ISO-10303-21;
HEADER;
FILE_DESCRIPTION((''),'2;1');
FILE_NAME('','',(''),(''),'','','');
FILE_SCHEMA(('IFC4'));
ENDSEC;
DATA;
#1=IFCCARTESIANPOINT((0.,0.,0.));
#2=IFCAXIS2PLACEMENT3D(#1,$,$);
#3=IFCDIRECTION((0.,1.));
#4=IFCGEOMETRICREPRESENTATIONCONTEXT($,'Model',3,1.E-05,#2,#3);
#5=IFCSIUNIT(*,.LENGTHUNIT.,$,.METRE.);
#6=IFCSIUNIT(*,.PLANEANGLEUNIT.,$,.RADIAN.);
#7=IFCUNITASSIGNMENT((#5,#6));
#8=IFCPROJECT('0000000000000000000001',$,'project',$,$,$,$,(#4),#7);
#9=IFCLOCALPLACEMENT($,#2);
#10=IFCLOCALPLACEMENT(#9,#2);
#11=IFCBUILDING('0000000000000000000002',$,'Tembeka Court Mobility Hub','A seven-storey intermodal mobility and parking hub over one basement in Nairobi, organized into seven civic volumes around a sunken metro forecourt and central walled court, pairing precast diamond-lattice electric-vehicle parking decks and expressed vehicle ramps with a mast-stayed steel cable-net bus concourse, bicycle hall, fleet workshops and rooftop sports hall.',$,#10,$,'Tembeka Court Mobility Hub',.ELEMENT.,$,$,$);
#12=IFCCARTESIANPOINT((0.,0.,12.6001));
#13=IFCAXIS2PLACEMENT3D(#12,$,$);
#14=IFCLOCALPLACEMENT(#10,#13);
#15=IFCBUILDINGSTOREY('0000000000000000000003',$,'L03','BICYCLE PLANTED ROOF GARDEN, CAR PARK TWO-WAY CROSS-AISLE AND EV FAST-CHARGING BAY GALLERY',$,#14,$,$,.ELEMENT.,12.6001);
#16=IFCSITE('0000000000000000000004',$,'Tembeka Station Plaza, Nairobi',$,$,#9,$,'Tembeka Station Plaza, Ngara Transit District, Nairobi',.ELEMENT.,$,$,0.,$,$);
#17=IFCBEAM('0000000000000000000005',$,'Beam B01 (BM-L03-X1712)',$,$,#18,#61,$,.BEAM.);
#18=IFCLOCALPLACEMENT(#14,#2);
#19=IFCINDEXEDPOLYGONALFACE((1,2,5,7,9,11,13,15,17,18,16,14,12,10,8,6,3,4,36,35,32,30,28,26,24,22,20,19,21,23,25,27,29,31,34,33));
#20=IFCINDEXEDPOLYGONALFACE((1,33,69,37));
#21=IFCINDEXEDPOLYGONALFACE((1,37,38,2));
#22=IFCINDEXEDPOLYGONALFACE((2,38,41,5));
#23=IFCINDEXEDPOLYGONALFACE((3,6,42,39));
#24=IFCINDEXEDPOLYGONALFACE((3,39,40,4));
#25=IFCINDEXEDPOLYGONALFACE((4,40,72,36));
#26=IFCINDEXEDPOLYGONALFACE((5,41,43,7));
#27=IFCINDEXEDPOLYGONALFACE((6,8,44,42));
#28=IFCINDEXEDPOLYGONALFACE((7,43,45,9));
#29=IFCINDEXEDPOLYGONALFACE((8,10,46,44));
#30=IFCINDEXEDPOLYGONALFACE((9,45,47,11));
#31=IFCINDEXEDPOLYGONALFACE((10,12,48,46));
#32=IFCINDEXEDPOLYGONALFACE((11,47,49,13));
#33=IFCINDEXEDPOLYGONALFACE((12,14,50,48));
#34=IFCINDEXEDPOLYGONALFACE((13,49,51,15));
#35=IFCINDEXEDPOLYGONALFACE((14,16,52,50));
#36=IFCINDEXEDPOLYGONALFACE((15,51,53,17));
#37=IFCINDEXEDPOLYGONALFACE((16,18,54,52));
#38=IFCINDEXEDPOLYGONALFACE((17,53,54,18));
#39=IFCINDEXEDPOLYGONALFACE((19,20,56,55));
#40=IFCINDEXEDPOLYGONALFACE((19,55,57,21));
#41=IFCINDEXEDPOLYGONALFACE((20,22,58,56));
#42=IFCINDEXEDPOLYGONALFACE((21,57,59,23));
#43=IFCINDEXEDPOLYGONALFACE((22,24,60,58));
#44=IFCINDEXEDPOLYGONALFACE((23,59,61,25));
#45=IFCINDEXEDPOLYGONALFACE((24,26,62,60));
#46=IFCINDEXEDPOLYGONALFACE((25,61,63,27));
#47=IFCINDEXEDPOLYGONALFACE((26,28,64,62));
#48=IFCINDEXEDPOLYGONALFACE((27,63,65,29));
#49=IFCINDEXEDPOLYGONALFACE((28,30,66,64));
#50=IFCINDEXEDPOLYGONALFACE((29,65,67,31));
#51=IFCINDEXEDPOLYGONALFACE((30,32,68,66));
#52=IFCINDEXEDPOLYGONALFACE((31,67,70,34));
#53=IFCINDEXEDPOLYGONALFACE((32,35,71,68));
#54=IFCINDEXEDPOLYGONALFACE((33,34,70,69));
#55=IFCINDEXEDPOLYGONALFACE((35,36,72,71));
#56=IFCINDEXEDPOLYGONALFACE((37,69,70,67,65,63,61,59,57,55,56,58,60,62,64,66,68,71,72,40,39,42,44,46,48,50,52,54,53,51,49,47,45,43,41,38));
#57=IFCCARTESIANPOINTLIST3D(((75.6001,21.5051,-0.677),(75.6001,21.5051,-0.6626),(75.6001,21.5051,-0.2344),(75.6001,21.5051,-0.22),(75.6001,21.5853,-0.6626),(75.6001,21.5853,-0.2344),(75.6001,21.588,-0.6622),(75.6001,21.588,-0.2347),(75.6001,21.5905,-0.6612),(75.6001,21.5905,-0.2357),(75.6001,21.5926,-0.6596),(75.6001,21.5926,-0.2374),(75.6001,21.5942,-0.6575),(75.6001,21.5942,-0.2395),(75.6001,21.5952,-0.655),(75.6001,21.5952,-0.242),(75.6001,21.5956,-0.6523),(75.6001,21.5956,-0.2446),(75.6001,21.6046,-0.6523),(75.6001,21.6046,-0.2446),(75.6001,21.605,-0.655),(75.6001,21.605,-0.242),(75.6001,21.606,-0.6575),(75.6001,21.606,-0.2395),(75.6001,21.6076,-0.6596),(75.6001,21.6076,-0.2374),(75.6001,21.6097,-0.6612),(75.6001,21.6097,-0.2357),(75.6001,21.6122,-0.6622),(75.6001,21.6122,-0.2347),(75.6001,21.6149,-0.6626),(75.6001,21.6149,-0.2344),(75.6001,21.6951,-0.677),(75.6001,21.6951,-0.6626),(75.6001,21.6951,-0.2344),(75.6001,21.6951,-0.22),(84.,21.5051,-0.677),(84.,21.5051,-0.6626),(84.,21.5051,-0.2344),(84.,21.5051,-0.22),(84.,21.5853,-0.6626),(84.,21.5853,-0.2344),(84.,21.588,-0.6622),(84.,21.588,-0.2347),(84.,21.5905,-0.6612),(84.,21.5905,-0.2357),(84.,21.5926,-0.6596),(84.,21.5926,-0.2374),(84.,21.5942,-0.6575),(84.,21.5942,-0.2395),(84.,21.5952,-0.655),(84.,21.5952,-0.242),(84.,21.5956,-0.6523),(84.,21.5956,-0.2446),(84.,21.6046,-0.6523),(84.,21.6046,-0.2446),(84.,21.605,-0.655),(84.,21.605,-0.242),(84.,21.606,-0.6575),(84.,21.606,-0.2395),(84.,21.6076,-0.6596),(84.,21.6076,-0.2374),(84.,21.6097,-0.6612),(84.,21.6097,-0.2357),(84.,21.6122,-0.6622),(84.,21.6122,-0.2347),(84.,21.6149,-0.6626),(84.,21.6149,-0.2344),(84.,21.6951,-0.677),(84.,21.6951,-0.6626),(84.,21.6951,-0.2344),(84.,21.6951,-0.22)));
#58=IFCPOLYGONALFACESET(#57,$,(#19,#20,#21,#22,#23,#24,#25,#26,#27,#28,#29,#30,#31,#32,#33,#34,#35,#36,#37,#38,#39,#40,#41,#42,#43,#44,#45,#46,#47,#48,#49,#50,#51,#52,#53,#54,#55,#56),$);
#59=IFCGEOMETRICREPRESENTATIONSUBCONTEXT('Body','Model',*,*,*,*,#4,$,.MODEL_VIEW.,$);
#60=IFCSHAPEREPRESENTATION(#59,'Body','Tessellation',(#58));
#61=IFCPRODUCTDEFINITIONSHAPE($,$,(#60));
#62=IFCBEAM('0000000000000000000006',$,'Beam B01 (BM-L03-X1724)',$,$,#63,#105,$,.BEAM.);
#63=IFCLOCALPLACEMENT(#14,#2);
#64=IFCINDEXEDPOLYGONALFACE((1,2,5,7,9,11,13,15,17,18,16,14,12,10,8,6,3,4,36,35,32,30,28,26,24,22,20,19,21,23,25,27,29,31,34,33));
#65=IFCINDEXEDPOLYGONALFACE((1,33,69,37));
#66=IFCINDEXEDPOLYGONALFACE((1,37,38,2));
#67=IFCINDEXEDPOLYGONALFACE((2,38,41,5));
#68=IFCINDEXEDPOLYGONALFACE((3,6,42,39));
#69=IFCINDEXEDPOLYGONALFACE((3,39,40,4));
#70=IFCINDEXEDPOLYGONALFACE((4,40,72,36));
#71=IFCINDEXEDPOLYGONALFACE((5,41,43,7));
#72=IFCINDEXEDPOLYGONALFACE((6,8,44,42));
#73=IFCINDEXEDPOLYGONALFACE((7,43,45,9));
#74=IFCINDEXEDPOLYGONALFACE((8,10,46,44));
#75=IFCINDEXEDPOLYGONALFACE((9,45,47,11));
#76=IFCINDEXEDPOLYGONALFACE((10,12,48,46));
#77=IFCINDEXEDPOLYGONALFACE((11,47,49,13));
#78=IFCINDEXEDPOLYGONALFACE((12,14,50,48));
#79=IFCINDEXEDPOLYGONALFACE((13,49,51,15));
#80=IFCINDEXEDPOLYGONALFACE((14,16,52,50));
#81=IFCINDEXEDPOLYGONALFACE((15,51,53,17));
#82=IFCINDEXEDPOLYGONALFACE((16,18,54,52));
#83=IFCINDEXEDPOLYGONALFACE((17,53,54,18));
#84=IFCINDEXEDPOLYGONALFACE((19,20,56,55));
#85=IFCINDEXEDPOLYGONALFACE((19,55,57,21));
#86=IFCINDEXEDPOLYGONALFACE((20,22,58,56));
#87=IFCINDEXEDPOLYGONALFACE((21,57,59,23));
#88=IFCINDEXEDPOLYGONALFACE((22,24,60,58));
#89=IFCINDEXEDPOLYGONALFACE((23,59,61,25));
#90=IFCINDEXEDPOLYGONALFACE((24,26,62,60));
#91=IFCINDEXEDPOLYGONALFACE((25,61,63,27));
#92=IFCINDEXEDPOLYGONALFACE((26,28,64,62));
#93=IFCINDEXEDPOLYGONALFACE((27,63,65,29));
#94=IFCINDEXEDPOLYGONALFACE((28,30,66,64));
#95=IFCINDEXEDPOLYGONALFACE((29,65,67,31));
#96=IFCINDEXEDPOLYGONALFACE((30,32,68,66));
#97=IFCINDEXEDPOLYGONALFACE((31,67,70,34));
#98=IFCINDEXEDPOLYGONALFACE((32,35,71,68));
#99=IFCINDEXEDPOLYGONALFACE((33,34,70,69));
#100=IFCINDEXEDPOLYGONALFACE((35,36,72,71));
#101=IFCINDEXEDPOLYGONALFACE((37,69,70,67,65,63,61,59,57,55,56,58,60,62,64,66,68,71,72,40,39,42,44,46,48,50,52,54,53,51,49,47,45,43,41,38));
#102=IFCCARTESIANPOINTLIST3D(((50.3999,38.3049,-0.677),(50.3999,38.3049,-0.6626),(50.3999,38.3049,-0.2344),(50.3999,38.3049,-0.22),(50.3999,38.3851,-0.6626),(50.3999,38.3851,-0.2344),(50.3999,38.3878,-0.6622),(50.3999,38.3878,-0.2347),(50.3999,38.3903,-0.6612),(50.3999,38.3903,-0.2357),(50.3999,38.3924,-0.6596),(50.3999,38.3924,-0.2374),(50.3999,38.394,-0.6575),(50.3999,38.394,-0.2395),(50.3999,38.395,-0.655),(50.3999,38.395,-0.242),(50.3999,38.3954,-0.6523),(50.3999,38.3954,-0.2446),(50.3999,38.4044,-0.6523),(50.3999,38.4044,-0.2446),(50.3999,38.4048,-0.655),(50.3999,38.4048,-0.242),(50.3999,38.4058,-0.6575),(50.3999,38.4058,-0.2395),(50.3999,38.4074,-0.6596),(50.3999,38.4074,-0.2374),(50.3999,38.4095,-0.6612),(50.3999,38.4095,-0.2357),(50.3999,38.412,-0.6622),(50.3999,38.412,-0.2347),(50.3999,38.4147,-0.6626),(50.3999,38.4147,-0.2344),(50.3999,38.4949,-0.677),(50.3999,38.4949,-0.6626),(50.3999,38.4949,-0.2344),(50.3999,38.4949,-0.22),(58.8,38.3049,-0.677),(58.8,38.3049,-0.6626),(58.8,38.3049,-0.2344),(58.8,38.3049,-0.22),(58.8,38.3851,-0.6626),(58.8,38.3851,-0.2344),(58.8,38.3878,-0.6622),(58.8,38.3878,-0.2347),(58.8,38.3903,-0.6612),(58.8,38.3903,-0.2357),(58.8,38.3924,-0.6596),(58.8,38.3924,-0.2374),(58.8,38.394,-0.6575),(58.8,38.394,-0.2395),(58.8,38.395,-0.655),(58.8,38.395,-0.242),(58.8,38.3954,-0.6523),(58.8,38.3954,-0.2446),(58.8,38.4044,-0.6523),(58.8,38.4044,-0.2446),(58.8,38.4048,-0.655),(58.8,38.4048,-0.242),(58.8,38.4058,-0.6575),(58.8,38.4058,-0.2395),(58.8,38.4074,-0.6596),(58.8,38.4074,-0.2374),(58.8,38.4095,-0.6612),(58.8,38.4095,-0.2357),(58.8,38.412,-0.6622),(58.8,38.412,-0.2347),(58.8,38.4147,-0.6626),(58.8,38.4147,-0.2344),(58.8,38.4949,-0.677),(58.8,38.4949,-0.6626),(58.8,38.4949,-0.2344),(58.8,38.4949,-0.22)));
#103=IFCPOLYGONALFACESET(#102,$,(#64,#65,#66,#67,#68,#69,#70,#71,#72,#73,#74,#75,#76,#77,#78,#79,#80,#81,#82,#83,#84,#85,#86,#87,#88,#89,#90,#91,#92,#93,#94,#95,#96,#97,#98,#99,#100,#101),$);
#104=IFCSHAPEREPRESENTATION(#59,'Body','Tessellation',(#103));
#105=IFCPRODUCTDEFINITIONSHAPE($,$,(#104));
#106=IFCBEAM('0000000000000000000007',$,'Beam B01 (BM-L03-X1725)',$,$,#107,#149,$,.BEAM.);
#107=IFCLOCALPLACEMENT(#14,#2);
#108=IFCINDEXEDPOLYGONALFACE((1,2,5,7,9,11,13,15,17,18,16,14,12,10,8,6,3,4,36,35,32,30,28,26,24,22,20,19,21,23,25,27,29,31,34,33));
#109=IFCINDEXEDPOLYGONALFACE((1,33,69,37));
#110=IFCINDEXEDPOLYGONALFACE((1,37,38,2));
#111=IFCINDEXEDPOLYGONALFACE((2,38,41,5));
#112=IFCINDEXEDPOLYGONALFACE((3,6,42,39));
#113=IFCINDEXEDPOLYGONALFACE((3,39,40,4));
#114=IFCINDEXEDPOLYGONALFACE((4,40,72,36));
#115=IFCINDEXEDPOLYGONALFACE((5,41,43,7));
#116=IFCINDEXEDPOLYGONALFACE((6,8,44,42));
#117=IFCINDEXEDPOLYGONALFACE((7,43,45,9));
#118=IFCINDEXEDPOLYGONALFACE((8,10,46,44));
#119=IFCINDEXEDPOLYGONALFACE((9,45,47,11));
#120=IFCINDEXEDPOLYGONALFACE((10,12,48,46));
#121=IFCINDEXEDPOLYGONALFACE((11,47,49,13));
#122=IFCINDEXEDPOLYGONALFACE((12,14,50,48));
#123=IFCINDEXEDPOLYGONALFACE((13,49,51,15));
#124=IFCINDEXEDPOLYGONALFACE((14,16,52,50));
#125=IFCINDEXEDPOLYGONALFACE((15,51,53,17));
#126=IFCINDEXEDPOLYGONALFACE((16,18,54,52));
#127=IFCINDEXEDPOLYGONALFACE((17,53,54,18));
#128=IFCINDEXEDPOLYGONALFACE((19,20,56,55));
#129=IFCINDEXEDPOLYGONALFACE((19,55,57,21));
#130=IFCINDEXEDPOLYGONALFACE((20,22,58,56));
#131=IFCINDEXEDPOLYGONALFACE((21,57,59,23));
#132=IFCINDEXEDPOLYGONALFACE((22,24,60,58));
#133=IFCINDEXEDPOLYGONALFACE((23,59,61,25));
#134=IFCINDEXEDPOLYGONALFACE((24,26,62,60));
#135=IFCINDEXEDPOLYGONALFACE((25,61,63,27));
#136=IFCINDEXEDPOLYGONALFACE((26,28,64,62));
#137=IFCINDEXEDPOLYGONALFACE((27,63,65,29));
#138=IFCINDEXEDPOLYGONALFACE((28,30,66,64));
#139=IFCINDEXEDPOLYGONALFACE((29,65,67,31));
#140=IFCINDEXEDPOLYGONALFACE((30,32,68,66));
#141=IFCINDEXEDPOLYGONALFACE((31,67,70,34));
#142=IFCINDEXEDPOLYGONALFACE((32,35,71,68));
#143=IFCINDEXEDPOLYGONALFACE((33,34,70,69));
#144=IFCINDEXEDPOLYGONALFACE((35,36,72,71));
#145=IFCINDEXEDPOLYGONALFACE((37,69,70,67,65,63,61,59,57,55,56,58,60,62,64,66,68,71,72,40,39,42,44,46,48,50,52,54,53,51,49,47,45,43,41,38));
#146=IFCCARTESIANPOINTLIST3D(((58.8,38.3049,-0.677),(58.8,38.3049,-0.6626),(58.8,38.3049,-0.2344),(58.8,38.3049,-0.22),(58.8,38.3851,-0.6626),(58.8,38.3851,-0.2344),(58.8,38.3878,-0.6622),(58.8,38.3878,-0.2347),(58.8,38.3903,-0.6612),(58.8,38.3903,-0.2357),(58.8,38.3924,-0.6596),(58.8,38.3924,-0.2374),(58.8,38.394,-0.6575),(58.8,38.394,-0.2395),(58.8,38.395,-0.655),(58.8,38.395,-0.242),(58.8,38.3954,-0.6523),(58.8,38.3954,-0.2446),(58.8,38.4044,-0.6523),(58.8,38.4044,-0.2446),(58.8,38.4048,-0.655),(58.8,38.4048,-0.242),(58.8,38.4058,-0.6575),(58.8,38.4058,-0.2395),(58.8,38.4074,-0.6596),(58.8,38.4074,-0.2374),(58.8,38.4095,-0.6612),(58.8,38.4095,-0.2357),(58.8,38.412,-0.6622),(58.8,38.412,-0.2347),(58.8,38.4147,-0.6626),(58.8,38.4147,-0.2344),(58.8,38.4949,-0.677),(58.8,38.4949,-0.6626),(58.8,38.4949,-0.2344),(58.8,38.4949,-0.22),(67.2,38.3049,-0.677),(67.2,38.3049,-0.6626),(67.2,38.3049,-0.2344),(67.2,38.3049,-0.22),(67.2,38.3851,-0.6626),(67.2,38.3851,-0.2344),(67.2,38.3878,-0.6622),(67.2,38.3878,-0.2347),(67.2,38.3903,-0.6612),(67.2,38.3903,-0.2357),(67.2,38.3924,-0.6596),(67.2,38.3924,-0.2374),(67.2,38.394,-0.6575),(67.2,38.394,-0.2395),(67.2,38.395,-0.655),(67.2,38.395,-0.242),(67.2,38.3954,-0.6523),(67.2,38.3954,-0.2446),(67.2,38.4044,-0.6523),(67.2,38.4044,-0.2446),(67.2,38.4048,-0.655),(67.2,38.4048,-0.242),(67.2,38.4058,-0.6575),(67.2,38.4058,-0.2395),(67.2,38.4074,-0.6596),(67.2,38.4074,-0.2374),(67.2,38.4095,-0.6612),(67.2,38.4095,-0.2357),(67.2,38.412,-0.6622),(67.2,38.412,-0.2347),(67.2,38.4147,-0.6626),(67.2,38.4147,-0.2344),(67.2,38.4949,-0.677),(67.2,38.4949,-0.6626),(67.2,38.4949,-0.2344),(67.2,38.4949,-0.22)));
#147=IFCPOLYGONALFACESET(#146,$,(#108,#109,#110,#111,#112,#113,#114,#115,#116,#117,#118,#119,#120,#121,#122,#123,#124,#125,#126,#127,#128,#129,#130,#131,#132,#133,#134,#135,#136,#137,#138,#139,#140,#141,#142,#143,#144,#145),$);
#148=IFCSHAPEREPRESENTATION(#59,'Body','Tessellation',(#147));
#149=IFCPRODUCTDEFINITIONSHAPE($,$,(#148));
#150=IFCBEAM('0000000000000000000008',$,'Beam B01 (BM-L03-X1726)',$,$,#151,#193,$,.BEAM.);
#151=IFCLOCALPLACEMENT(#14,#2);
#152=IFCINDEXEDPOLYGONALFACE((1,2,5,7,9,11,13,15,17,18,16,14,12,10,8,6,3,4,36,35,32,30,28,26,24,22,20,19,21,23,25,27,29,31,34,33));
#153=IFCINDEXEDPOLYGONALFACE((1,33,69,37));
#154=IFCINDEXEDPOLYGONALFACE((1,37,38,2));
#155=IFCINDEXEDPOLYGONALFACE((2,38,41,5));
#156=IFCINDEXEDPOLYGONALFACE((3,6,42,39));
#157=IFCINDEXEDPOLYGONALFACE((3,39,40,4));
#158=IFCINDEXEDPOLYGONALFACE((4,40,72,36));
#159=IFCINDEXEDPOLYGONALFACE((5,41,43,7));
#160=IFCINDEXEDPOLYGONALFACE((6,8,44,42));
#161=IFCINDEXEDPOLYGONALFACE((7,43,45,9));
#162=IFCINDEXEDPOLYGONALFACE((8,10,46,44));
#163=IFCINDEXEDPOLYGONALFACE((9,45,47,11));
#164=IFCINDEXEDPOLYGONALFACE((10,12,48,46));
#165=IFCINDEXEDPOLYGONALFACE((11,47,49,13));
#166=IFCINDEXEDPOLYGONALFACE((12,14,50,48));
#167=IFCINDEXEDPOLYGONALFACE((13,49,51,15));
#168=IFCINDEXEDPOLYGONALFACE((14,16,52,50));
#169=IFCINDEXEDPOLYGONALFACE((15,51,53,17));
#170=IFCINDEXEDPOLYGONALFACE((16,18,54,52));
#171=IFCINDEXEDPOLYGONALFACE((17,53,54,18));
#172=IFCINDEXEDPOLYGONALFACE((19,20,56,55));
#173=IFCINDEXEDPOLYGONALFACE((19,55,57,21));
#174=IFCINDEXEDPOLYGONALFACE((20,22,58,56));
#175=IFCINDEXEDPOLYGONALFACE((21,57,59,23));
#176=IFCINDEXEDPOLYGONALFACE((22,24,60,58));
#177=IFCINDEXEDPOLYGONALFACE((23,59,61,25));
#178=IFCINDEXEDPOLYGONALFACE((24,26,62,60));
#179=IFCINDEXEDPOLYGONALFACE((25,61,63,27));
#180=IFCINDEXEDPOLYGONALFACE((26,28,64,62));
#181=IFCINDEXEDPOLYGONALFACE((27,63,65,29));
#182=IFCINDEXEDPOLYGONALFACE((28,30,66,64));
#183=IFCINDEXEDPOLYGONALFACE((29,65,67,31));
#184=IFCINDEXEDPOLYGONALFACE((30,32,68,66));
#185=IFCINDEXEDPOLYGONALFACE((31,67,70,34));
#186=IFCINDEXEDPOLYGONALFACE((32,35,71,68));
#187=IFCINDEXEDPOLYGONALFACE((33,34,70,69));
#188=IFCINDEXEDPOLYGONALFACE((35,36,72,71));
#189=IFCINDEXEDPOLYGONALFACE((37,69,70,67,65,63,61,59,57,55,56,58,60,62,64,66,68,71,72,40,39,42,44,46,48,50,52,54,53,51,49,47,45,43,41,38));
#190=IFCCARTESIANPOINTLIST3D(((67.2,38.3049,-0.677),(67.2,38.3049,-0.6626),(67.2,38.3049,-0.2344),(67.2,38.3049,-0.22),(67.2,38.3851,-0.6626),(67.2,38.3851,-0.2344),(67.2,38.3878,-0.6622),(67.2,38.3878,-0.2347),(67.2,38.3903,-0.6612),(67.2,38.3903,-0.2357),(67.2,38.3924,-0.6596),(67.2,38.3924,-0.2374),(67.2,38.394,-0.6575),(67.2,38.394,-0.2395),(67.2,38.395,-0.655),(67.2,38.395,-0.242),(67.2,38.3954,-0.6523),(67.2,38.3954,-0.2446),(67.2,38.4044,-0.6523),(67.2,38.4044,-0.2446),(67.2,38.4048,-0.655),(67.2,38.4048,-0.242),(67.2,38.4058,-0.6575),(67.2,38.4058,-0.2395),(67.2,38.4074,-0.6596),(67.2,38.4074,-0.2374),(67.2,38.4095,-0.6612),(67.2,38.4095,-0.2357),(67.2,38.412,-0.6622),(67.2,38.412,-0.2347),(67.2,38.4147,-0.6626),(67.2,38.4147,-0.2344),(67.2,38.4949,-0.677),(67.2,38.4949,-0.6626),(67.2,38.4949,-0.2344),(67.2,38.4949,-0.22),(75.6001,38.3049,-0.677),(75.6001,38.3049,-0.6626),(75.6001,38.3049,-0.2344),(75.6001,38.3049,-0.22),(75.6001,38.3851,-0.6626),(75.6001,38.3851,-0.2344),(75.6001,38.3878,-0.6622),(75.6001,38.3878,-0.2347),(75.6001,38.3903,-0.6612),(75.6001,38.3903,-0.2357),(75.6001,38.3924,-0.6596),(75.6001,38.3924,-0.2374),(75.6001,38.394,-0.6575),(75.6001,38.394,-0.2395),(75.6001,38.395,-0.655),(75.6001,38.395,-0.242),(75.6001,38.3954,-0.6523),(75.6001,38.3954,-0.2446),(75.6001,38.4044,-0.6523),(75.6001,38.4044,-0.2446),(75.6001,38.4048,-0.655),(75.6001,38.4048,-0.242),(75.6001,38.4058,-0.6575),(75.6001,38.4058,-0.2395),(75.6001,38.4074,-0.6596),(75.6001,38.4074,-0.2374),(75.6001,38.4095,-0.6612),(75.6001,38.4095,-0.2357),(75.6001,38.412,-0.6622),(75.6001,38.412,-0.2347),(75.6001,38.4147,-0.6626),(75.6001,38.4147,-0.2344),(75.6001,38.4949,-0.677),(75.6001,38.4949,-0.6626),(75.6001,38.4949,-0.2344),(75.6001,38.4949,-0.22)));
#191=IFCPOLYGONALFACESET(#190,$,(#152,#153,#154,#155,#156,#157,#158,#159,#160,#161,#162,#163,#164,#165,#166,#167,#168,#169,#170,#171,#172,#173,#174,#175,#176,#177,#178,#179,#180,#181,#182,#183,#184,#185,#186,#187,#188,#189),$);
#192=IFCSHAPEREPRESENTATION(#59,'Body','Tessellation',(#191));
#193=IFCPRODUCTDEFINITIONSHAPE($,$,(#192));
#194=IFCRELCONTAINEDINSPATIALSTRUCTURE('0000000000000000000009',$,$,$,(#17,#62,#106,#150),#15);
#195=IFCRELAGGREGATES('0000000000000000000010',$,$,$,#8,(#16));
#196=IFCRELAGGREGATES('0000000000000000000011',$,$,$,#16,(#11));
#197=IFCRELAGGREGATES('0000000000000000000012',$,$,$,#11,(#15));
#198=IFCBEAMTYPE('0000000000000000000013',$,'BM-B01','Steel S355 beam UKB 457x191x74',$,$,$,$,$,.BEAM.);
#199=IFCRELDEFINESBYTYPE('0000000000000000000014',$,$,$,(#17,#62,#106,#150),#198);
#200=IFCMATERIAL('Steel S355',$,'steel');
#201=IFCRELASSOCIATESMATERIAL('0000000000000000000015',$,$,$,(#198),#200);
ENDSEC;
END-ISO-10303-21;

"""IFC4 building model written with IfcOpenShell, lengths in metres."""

from ifc_helpers import new_model, si_unit, direction, frame, origin, origin_2d, place, context, subcontext, project, spatial, i_section, extrude, material, material_profile, profile_set, type_object, element, save


model = new_model("IFC4")

# Units and contexts
model_context = context("Model", 3, precision=1e-05, world=origin(), true_north=direction((0.0, 1.0)))
body_context = subcontext(model_context, "Body", "Model", "MODEL_VIEW")
ifc_project = project(units=[si_unit("LENGTHUNIT", "METRE"), si_unit("PLANEANGLEUNIT", "RADIAN")], contexts=[model_context])

# Site, building, storey
site_placement = place(None, origin())
site = spatial("IfcSite", under=ifc_project, at=site_placement, Name="Tembeka Station Plaza, Nairobi", LongName="Tembeka Station Plaza, Ngara Transit District, Nairobi", CompositionType="ELEMENT", RefElevation=0.0)
building_placement = place(site_placement, origin())
building = spatial("IfcBuilding", under=site, at=building_placement, Name="Tembeka Court Mobility Hub", Description="A seven-storey intermodal mobility and parking hub over one basement in Nairobi, organized into seven civic volumes around a sunken metro forecourt and central walled court, pairing precast diamond-lattice electric-vehicle parking decks and expressed vehicle ramps with a mast-stayed steel cable-net bus concourse, bicycle hall, fleet workshops and rooftop sports hall.", LongName="Tembeka Court Mobility Hub", CompositionType="ELEMENT")
storey_placement = place(building_placement, frame((0.0, 0.0, 12.6001)))
storey = spatial("IfcBuildingStorey", under=building, at=storey_placement, Name="L03", Description="BICYCLE PLANTED ROOF GARDEN, CAR PARK TWO-WAY CROSS-AISLE AND EV FAST-CHARGING BAY GALLERY", CompositionType="ELEMENT", Elevation=12.6001)

# Shared definitions
ifc_material_1 = material(Name="Steel S355", Category="steel")

# Beams
ifc_material_profile_1 = material_profile(ifc_material_1, i_section(OverallWidth=0.1899, OverallDepth=0.457, WebThickness=0.009, FlangeThickness=0.0144, FilletRadius=0.0103, at=origin_2d()), Name="UKB 457x191x74")
ifc_profile_set_1 = profile_set([ifc_material_profile_1], Name="Steel S355")
beam_type_1 = type_object("IfcBeamType", Name="BM-B01", Description="Steel S355 beam UKB 457x191x74", PredefinedType="BEAM", material=ifc_profile_set_1)
beam_1_placement = place(storey_placement, frame((75.6001, 21.6001, -0.4485), z_axis=(1.0, 0.0, 0.0), x_axis=(0.0, 1.0, 0.0)))
element("IfcBeam", 1, at=beam_1_placement, inside=storey, type_object=beam_type_1, Name="Beam B01 (BM-L03-X1712)", PredefinedType="BEAM", context=body_context, shape_type="SweptSolid", body=[
    extrude(i_section(OverallWidth=0.1899, OverallDepth=0.457, WebThickness=0.009, FlangeThickness=0.0144, FilletRadius=0.0103, at=origin_2d()), origin(), (0.0, 0.0, 1.0), 8.3999),
])
beam_2_placement = place(storey_placement, frame((50.3999, 38.3999, -0.4485), z_axis=(1.0, 0.0, 0.0), x_axis=(0.0, 1.0, 0.0)))
element("IfcBeam", 2, at=beam_2_placement, inside=storey, type_object=beam_type_1, Name="Beam B01 (BM-L03-X1724)", PredefinedType="BEAM", context=body_context, shape_type="SweptSolid", body=[
    extrude(i_section(OverallWidth=0.1899, OverallDepth=0.457, WebThickness=0.009, FlangeThickness=0.0144, FilletRadius=0.0103, at=origin_2d()), origin(), (0.0, 0.0, 1.0), 8.4001),
])
beam_3_placement = place(storey_placement, frame((58.8, 38.3999, -0.4485), z_axis=(1.0, 0.0, 0.0), x_axis=(0.0, 1.0, 0.0)))
element("IfcBeam", 3, at=beam_3_placement, inside=storey, type_object=beam_type_1, Name="Beam B01 (BM-L03-X1725)", PredefinedType="BEAM", context=body_context, shape_type="SweptSolid", body=[
    extrude(i_section(OverallWidth=0.1899, OverallDepth=0.457, WebThickness=0.009, FlangeThickness=0.0144, FilletRadius=0.0103, at=origin_2d()), origin(), (0.0, 0.0, 1.0), 8.3999),
])
beam_4_placement = place(storey_placement, frame((67.2, 38.3999, -0.4485), z_axis=(1.0, 0.0, 0.0), x_axis=(0.0, 1.0, 0.0)))
element("IfcBeam", 4, at=beam_4_placement, inside=storey, type_object=beam_type_1, Name="Beam B01 (BM-L03-X1726)", PredefinedType="BEAM", context=body_context, shape_type="SweptSolid", body=[
    extrude(i_section(OverallWidth=0.1899, OverallDepth=0.457, WebThickness=0.009, FlangeThickness=0.0144, FilletRadius=0.0103, at=origin_2d()), origin(), (0.0, 0.0, 1.0), 8.4001),
])

save(model, "model.ifc")
